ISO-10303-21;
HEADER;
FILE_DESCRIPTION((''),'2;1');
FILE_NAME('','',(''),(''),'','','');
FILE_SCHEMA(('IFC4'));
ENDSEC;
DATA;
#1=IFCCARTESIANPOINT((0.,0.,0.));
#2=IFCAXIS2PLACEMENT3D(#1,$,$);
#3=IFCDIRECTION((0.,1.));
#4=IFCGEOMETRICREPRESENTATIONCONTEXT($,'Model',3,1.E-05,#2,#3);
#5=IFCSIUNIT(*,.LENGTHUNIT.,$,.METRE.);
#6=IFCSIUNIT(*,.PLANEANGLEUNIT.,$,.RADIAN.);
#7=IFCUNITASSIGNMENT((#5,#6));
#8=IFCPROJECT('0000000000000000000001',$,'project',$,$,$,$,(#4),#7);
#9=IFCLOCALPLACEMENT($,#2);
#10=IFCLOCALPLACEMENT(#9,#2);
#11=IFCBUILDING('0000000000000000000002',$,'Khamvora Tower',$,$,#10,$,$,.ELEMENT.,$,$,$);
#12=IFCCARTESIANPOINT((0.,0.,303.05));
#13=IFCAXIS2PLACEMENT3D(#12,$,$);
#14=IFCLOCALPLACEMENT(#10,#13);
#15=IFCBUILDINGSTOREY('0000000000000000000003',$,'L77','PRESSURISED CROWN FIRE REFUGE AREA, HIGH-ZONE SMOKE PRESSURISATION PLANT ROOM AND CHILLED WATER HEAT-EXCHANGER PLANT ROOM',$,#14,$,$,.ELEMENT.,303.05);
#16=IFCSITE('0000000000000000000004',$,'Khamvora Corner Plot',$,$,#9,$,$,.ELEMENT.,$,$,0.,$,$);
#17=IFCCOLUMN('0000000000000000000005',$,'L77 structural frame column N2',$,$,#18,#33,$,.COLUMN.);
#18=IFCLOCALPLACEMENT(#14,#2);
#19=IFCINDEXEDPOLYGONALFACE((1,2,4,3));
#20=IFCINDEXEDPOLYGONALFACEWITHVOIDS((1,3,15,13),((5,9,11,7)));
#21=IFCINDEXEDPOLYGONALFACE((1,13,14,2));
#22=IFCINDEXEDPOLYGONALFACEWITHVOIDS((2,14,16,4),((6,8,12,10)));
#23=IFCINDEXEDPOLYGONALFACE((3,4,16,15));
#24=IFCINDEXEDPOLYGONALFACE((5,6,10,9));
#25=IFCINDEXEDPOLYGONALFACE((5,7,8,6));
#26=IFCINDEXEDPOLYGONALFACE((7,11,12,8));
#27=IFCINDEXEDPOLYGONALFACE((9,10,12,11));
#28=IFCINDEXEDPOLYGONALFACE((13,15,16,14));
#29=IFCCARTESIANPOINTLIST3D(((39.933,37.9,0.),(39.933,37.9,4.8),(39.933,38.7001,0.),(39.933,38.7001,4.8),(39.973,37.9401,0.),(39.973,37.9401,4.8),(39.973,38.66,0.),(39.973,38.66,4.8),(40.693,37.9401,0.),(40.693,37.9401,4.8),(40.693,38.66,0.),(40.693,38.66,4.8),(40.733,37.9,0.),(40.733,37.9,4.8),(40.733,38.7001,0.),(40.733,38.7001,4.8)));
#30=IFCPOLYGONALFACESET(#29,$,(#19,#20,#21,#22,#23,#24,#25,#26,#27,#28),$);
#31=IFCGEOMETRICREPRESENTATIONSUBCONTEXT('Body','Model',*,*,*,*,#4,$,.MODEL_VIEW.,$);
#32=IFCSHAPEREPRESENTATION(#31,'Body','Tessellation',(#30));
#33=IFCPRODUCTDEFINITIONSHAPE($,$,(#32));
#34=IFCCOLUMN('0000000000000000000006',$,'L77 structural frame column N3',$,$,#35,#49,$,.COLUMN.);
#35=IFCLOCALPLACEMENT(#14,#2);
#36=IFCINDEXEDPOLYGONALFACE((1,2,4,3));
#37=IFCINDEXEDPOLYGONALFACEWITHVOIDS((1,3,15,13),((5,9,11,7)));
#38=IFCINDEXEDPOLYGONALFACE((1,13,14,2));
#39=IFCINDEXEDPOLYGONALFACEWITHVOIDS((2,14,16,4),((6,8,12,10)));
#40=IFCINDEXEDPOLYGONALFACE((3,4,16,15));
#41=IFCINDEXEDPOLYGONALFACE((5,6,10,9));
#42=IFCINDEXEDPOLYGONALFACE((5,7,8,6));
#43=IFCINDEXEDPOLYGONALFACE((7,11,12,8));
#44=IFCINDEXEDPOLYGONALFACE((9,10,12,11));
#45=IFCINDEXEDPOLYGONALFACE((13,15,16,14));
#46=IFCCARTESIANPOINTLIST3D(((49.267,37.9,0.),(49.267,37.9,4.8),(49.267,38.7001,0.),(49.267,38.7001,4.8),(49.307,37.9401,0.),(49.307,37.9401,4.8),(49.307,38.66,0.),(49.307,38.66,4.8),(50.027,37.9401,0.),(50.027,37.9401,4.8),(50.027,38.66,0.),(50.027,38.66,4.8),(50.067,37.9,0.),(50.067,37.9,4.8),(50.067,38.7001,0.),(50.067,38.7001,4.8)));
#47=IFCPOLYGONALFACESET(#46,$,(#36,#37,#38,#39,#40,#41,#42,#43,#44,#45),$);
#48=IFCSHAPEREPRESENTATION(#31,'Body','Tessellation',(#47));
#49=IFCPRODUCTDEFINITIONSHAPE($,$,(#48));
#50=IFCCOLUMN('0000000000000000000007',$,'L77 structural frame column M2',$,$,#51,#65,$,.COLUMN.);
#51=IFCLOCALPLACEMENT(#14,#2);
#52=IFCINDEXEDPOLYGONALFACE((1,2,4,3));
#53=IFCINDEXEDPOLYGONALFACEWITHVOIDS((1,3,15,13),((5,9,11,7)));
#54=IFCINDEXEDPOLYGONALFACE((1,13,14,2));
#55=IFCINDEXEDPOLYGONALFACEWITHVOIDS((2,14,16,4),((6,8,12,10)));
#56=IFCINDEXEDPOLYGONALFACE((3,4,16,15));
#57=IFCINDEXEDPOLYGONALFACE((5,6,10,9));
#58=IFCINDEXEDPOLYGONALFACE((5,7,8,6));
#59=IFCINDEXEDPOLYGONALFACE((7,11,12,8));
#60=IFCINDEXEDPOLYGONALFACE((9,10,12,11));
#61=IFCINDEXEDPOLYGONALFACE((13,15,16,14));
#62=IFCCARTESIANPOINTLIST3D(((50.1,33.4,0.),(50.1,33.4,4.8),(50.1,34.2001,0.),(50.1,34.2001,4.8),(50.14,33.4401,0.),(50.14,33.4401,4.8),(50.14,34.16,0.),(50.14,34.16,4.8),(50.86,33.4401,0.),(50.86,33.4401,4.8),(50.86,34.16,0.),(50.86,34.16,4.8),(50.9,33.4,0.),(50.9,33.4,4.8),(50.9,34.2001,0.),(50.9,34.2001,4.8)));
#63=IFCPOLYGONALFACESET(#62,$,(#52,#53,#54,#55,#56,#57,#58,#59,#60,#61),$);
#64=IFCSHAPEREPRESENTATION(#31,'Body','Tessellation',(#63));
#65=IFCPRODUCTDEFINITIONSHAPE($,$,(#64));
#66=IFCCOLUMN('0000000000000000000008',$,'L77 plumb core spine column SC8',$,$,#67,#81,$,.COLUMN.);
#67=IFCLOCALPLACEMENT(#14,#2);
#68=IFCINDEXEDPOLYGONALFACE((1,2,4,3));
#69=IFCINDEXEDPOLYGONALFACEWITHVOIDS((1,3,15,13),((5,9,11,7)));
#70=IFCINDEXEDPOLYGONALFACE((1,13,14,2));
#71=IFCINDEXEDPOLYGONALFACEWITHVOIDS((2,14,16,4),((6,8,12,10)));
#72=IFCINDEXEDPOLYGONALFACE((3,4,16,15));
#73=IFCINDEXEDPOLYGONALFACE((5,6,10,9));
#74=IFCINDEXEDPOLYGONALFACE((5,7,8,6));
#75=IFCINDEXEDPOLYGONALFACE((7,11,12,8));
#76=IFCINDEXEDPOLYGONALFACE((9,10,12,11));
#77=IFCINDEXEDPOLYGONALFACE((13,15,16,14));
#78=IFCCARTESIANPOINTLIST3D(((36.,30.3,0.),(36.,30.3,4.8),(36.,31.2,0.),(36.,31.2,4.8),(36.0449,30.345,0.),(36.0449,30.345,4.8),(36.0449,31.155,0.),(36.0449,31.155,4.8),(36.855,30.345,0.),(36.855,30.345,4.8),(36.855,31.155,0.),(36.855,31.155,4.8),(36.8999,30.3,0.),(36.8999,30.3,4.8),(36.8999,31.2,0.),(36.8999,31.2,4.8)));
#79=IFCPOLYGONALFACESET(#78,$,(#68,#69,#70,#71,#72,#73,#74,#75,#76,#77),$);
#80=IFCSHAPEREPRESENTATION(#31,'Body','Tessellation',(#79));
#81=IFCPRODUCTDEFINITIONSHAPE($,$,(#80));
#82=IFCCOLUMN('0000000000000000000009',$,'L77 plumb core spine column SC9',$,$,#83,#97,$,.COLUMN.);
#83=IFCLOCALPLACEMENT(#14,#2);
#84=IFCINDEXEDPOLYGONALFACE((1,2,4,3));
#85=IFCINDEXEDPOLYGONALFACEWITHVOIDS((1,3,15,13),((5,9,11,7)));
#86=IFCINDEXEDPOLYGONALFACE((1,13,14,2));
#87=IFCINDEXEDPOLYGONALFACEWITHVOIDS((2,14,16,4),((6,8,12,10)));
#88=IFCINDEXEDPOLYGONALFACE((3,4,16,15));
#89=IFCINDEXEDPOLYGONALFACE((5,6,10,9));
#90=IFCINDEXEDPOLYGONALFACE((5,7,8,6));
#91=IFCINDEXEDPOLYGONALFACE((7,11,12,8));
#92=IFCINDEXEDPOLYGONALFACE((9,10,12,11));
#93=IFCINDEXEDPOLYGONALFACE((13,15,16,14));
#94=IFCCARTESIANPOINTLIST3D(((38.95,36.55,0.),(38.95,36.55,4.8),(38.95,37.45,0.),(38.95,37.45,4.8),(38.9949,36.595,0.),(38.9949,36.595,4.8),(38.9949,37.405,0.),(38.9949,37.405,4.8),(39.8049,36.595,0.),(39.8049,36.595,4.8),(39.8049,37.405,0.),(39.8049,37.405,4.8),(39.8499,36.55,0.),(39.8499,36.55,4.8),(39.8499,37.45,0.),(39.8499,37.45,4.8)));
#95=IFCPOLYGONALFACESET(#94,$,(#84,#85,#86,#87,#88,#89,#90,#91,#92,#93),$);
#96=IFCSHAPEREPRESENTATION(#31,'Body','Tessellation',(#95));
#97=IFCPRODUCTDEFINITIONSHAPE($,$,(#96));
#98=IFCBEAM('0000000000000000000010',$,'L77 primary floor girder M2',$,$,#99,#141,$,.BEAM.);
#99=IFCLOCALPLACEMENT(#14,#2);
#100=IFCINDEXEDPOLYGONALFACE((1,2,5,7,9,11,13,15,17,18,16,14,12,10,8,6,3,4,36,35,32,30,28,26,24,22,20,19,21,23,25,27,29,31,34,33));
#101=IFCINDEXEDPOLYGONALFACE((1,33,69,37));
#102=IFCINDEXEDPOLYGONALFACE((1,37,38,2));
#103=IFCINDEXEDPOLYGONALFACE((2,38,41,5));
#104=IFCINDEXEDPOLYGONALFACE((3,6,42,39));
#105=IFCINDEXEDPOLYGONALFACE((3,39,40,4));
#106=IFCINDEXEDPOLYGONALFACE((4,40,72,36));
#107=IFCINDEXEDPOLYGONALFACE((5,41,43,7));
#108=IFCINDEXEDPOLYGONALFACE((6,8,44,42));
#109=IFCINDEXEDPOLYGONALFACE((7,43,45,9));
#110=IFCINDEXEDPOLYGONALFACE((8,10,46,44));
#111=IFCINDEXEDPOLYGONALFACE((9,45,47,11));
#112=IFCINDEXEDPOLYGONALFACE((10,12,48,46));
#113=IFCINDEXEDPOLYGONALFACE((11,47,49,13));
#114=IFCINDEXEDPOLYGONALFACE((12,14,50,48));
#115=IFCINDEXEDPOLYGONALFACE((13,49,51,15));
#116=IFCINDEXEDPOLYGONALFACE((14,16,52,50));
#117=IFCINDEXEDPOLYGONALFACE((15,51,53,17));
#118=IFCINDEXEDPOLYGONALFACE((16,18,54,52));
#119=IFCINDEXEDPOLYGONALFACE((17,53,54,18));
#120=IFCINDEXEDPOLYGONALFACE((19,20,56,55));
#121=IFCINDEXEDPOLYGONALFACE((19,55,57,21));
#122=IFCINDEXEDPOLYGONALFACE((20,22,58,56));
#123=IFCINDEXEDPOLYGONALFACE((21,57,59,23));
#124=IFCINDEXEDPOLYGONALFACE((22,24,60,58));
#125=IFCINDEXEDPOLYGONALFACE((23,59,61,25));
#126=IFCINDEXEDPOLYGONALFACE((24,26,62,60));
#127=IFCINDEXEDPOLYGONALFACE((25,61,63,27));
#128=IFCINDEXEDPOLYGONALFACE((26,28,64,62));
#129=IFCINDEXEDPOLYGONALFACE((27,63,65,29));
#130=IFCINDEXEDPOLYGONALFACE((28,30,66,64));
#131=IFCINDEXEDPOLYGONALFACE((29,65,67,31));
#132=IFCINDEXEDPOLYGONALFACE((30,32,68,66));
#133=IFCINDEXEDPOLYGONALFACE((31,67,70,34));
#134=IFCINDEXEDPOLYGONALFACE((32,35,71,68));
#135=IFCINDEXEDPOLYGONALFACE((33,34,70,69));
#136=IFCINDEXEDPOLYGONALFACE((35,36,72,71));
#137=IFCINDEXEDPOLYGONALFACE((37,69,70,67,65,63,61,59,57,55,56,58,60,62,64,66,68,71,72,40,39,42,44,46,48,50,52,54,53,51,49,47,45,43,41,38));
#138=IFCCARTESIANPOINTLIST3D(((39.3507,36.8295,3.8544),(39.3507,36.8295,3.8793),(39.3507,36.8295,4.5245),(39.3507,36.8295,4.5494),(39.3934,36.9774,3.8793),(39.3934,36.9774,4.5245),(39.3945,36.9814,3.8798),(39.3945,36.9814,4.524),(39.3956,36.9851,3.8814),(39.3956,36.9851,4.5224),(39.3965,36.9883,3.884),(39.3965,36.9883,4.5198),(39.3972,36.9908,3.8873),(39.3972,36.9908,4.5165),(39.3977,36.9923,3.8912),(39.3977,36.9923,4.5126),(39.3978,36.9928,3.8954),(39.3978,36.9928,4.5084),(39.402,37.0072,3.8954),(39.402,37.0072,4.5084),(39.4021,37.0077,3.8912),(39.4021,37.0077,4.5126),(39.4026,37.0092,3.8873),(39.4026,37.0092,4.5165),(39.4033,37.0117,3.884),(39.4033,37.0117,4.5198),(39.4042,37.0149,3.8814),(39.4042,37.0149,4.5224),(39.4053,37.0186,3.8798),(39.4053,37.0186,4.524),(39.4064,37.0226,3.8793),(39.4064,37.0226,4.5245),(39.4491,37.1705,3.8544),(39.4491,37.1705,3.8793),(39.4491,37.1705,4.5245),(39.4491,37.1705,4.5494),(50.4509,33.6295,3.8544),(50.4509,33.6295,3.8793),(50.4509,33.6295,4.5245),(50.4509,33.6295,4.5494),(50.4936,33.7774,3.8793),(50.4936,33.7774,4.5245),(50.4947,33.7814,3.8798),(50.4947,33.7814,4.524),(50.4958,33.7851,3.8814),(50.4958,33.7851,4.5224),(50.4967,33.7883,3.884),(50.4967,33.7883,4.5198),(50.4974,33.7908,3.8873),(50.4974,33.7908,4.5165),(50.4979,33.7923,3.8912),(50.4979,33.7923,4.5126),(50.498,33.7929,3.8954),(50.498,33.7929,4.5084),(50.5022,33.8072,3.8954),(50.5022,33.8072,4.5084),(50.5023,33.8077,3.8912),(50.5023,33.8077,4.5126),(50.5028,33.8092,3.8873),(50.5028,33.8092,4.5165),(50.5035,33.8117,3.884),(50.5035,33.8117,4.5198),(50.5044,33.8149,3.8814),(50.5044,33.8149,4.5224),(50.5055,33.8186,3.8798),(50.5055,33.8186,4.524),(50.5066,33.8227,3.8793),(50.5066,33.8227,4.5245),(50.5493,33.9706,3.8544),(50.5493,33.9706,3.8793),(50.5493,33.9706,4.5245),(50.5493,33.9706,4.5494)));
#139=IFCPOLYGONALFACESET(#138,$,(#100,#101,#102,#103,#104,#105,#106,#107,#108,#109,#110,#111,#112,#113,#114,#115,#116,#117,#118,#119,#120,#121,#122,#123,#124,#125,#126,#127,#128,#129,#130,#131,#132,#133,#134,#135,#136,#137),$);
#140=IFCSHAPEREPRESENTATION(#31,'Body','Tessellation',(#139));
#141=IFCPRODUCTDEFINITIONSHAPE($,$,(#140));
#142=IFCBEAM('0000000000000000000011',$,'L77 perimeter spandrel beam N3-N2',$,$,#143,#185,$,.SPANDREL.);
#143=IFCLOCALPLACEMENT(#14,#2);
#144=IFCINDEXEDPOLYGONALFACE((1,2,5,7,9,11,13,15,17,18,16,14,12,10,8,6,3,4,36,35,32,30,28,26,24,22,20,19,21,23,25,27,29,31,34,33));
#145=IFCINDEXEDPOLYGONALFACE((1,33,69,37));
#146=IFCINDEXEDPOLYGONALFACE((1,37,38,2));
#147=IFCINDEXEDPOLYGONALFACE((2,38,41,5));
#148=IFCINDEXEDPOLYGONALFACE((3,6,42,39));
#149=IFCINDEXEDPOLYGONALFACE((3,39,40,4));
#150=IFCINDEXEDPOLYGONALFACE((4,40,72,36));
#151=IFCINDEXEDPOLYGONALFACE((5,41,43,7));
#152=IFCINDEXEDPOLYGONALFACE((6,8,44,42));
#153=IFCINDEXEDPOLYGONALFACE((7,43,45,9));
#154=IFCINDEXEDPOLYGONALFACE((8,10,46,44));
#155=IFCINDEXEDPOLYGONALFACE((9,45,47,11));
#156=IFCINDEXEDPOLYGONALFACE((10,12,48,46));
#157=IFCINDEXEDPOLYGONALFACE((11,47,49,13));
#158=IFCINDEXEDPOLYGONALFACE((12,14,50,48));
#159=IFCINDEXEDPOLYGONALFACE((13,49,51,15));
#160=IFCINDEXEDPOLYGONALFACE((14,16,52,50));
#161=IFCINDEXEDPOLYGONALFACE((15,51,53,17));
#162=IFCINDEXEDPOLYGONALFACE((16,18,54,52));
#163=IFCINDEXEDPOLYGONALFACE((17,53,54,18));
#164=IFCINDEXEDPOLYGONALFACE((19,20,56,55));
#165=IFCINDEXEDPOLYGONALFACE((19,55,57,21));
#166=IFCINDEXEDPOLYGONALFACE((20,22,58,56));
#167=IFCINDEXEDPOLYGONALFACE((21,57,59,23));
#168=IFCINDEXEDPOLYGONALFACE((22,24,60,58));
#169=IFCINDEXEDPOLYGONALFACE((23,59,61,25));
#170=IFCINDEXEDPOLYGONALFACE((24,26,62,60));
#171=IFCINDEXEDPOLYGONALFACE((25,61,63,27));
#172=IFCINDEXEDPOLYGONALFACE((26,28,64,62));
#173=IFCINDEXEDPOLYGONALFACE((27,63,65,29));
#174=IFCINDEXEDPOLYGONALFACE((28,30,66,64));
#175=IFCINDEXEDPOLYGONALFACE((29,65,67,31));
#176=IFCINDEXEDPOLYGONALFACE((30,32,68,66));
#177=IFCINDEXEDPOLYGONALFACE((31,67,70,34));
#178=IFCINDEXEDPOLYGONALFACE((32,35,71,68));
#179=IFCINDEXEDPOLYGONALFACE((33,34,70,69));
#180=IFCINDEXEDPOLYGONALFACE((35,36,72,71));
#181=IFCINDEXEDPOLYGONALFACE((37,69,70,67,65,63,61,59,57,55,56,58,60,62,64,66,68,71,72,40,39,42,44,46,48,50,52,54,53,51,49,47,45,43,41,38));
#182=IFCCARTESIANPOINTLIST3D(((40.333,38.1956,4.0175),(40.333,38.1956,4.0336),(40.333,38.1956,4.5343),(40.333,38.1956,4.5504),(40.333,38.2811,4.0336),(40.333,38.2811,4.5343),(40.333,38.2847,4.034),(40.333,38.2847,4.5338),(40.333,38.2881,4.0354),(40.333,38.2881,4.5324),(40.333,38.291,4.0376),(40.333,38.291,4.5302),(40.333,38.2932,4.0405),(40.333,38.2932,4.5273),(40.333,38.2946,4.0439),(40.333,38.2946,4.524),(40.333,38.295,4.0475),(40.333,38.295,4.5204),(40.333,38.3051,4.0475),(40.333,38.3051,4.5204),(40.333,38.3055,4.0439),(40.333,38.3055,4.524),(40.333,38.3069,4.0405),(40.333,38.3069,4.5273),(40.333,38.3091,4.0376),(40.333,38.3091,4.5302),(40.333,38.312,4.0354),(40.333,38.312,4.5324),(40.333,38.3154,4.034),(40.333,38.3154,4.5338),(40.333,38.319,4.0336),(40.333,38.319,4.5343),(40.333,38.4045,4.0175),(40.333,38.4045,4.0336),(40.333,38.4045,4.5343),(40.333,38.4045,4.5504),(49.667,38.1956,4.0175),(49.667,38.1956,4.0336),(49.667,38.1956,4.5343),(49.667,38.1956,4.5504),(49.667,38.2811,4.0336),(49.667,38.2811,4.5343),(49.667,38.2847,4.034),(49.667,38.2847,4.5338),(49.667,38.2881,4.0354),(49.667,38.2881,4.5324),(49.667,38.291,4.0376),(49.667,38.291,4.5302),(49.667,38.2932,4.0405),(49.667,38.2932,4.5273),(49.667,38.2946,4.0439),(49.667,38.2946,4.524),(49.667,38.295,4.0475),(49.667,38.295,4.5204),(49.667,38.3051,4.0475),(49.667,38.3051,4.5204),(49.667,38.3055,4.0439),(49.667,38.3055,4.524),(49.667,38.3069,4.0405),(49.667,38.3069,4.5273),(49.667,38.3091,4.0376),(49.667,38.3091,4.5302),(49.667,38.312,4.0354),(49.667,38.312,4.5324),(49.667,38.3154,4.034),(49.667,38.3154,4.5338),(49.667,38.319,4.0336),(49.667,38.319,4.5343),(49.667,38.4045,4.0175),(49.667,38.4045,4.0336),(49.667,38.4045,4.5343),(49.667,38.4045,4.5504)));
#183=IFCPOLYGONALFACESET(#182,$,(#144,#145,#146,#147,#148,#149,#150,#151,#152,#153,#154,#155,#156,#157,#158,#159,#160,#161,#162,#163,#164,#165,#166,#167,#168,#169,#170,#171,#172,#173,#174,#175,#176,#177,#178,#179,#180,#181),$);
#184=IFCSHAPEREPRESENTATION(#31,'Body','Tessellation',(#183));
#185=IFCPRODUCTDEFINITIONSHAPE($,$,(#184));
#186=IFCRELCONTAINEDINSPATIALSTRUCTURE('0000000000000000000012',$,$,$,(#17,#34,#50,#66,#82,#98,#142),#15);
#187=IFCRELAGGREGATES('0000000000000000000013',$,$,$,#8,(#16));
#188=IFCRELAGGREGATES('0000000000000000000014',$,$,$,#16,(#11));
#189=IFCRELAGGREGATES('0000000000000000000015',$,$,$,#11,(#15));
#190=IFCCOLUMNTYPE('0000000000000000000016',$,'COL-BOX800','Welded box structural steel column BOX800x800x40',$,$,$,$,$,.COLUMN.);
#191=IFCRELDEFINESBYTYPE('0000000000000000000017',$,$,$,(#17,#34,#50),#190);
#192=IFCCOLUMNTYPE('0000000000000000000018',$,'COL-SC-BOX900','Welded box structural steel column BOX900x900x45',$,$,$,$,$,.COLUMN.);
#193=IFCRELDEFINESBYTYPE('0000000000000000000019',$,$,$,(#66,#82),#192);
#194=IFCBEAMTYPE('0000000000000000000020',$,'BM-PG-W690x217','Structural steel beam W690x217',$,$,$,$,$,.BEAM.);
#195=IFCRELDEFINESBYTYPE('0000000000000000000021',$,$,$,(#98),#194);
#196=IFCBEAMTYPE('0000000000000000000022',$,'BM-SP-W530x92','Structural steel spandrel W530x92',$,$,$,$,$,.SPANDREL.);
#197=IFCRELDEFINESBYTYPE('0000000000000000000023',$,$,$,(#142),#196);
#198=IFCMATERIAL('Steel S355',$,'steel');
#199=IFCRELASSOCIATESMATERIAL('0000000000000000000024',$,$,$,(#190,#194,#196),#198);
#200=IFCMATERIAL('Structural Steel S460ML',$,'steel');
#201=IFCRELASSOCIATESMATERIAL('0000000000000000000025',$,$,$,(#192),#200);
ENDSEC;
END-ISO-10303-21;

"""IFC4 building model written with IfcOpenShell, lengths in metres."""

from ifc_helpers import new_model, si_unit, direction, frame, origin, origin_2d, place, context, subcontext, project, spatial, hollow_rectangle, i_section, extrude, material, material_profile, profile_set, type_object, element, save


model = new_model("IFC4")

# Units and contexts
model_context = context("Model", 3, precision=1e-05, world=origin(), true_north=direction((0.0, 1.0)))
body_context = subcontext(model_context, "Body", "Model", "MODEL_VIEW")
ifc_project = project(units=[si_unit("LENGTHUNIT", "METRE"), si_unit("PLANEANGLEUNIT", "RADIAN")], contexts=[model_context])

# Site, building, storey
site_placement = place(None, origin())
site = spatial("IfcSite", under=ifc_project, at=site_placement, Name="Khamvora Corner Plot", CompositionType="ELEMENT", RefElevation=0.0)
building_placement = place(site_placement, origin())
building = spatial("IfcBuilding", under=site, at=building_placement, Name="Khamvora Tower", CompositionType="ELEMENT")
storey_placement = place(building_placement, frame((0.0, 0.0, 303.05)))
storey = spatial("IfcBuildingStorey", under=building, at=storey_placement, Name="L77", Description="PRESSURISED CROWN FIRE REFUGE AREA, HIGH-ZONE SMOKE PRESSURISATION PLANT ROOM AND CHILLED WATER HEAT-EXCHANGER PLANT ROOM", CompositionType="ELEMENT", Elevation=303.05)

# Columns
ifc_material_1 = material(Name="Steel S355", Category="steel")
ifc_material_profile_1 = material_profile(ifc_material_1, hollow_rectangle(XDim=0.8, YDim=0.8, WallThickness=0.04, at=origin_2d()), Name="BOX800x800x40")
ifc_profile_set_1 = profile_set([ifc_material_profile_1], Name="Steel S355")
column_type_1 = type_object("IfcColumnType", Name="COL-BOX800", Description="Welded box structural steel column BOX800x800x40", PredefinedType="COLUMN", material=ifc_profile_set_1)
for number, where, z_axis, x_axis, name in (
    (1, (40.333, 38.3, 0.0), (0.0, 0.0, 1.0), (1.0, 0.0, 0.0), "L77 structural frame column N2"),
    (2, (49.667, 38.3, 0.0), (0.0, 0.0, 1.0), (1.0, 0.0, 0.0), "L77 structural frame column N3"),
    (3, (50.5, 33.8, 0.0), (0.0, 0.0, 1.0), (1.0, 0.0, 0.0), "L77 structural frame column M2"),
):
    element("IfcColumn", number, at=place(storey_placement, frame(where, z_axis=z_axis, x_axis=x_axis)), inside=storey, type_object=column_type_1, Name=name, PredefinedType="COLUMN", context=body_context, shape_type="SweptSolid", body=[
        extrude(hollow_rectangle(XDim=0.8, YDim=0.8, WallThickness=0.04, at=origin_2d()), origin(), (0.0, 0.0, 1.0), 4.8),
    ])
ifc_material_2 = material(Name="Structural Steel S460ML", Category="steel")
ifc_material_profile_2 = material_profile(ifc_material_2, hollow_rectangle(XDim=0.8999, YDim=0.8999, WallThickness=0.0449, at=origin_2d()), Name="BOX900x900x45")
ifc_profile_set_2 = profile_set([ifc_material_profile_2], Name="Structural Steel S460ML")
column_type_2 = type_object("IfcColumnType", Name="COL-SC-BOX900", Description="Welded box structural steel column BOX900x900x45", PredefinedType="COLUMN", material=ifc_profile_set_2)
for number, where, z_axis, x_axis, name in (
    (4, (36.45, 30.75, 0.0), (0.0, 0.0, 1.0), (1.0, 0.0, 0.0), "L77 plumb core spine column SC8"),
    (5, (39.3999, 37.0, 0.0), (0.0, 0.0, 1.0), (1.0, 0.0, 0.0), "L77 plumb core spine column SC9"),
):
    element("IfcColumn", number, at=place(storey_placement, frame(where, z_axis=z_axis, x_axis=x_axis)), inside=storey, type_object=column_type_2, Name=name, PredefinedType="COLUMN", context=body_context, shape_type="SweptSolid", body=[
        extrude(hollow_rectangle(XDim=0.8999, YDim=0.8999, WallThickness=0.0449, at=origin_2d()), origin(), (0.0, 0.0, 1.0), 4.8),
    ])

# Beams
ifc_material_profile_3 = material_profile(ifc_material_1, i_section(OverallWidth=0.355, OverallDepth=0.6951, WebThickness=0.0149, FlangeThickness=0.0249, FilletRadius=0.0161, at=origin_2d()), Name="W690x217")
ifc_profile_set_3 = profile_set([ifc_material_profile_3], Name="Steel S355")
beam_type_1 = type_object("IfcBeamType", Name="BM-PG-W690x217", Description="Structural steel beam W690x217", PredefinedType="BEAM", material=ifc_profile_set_3)
beam_1_placement = place(storey_placement, frame((39.3999, 37.0, 4.2019), z_axis=(0.96087, -0.277001, 0.0), x_axis=(0.277001, 0.96087, 0.0)))
element("IfcBeam", 6, at=beam_1_placement, inside=storey, type_object=beam_type_1, Name="L77 primary floor girder M2", PredefinedType="BEAM", context=body_context, shape_type="SweptSolid", body=[
    extrude(i_section(OverallWidth=0.355, OverallDepth=0.6951, WebThickness=0.0149, FlangeThickness=0.0249, FilletRadius=0.0161, at=origin_2d()), origin(), (0.0, 0.0, 1.0), 11.5522),
])
ifc_material_profile_4 = material_profile(ifc_material_1, i_section(OverallWidth=0.209, OverallDepth=0.533, WebThickness=0.01, FlangeThickness=0.0161, FilletRadius=0.0139, at=origin_2d()), Name="W530x92")
ifc_profile_set_4 = profile_set([ifc_material_profile_4], Name="Steel S355")
beam_type_2 = type_object("IfcBeamType", Name="BM-SP-W530x92", Description="Structural steel spandrel W530x92", PredefinedType="SPANDREL", material=ifc_profile_set_4)
beam_2_placement = place(storey_placement, frame((49.667, 38.3, 4.2839), z_axis=(-1.0, 0.0, 0.0), x_axis=(0.0, -1.0, 0.0)))
element("IfcBeam", 7, at=beam_2_placement, inside=storey, type_object=beam_type_2, Name="L77 perimeter spandrel beam N3-N2", PredefinedType="SPANDREL", context=body_context, shape_type="SweptSolid", body=[
    extrude(i_section(OverallWidth=0.209, OverallDepth=0.533, WebThickness=0.01, FlangeThickness=0.0161, FilletRadius=0.0139, at=origin_2d()), origin(), (0.0, 0.0, 1.0), 9.334),
])

save(model, "model.ifc")
